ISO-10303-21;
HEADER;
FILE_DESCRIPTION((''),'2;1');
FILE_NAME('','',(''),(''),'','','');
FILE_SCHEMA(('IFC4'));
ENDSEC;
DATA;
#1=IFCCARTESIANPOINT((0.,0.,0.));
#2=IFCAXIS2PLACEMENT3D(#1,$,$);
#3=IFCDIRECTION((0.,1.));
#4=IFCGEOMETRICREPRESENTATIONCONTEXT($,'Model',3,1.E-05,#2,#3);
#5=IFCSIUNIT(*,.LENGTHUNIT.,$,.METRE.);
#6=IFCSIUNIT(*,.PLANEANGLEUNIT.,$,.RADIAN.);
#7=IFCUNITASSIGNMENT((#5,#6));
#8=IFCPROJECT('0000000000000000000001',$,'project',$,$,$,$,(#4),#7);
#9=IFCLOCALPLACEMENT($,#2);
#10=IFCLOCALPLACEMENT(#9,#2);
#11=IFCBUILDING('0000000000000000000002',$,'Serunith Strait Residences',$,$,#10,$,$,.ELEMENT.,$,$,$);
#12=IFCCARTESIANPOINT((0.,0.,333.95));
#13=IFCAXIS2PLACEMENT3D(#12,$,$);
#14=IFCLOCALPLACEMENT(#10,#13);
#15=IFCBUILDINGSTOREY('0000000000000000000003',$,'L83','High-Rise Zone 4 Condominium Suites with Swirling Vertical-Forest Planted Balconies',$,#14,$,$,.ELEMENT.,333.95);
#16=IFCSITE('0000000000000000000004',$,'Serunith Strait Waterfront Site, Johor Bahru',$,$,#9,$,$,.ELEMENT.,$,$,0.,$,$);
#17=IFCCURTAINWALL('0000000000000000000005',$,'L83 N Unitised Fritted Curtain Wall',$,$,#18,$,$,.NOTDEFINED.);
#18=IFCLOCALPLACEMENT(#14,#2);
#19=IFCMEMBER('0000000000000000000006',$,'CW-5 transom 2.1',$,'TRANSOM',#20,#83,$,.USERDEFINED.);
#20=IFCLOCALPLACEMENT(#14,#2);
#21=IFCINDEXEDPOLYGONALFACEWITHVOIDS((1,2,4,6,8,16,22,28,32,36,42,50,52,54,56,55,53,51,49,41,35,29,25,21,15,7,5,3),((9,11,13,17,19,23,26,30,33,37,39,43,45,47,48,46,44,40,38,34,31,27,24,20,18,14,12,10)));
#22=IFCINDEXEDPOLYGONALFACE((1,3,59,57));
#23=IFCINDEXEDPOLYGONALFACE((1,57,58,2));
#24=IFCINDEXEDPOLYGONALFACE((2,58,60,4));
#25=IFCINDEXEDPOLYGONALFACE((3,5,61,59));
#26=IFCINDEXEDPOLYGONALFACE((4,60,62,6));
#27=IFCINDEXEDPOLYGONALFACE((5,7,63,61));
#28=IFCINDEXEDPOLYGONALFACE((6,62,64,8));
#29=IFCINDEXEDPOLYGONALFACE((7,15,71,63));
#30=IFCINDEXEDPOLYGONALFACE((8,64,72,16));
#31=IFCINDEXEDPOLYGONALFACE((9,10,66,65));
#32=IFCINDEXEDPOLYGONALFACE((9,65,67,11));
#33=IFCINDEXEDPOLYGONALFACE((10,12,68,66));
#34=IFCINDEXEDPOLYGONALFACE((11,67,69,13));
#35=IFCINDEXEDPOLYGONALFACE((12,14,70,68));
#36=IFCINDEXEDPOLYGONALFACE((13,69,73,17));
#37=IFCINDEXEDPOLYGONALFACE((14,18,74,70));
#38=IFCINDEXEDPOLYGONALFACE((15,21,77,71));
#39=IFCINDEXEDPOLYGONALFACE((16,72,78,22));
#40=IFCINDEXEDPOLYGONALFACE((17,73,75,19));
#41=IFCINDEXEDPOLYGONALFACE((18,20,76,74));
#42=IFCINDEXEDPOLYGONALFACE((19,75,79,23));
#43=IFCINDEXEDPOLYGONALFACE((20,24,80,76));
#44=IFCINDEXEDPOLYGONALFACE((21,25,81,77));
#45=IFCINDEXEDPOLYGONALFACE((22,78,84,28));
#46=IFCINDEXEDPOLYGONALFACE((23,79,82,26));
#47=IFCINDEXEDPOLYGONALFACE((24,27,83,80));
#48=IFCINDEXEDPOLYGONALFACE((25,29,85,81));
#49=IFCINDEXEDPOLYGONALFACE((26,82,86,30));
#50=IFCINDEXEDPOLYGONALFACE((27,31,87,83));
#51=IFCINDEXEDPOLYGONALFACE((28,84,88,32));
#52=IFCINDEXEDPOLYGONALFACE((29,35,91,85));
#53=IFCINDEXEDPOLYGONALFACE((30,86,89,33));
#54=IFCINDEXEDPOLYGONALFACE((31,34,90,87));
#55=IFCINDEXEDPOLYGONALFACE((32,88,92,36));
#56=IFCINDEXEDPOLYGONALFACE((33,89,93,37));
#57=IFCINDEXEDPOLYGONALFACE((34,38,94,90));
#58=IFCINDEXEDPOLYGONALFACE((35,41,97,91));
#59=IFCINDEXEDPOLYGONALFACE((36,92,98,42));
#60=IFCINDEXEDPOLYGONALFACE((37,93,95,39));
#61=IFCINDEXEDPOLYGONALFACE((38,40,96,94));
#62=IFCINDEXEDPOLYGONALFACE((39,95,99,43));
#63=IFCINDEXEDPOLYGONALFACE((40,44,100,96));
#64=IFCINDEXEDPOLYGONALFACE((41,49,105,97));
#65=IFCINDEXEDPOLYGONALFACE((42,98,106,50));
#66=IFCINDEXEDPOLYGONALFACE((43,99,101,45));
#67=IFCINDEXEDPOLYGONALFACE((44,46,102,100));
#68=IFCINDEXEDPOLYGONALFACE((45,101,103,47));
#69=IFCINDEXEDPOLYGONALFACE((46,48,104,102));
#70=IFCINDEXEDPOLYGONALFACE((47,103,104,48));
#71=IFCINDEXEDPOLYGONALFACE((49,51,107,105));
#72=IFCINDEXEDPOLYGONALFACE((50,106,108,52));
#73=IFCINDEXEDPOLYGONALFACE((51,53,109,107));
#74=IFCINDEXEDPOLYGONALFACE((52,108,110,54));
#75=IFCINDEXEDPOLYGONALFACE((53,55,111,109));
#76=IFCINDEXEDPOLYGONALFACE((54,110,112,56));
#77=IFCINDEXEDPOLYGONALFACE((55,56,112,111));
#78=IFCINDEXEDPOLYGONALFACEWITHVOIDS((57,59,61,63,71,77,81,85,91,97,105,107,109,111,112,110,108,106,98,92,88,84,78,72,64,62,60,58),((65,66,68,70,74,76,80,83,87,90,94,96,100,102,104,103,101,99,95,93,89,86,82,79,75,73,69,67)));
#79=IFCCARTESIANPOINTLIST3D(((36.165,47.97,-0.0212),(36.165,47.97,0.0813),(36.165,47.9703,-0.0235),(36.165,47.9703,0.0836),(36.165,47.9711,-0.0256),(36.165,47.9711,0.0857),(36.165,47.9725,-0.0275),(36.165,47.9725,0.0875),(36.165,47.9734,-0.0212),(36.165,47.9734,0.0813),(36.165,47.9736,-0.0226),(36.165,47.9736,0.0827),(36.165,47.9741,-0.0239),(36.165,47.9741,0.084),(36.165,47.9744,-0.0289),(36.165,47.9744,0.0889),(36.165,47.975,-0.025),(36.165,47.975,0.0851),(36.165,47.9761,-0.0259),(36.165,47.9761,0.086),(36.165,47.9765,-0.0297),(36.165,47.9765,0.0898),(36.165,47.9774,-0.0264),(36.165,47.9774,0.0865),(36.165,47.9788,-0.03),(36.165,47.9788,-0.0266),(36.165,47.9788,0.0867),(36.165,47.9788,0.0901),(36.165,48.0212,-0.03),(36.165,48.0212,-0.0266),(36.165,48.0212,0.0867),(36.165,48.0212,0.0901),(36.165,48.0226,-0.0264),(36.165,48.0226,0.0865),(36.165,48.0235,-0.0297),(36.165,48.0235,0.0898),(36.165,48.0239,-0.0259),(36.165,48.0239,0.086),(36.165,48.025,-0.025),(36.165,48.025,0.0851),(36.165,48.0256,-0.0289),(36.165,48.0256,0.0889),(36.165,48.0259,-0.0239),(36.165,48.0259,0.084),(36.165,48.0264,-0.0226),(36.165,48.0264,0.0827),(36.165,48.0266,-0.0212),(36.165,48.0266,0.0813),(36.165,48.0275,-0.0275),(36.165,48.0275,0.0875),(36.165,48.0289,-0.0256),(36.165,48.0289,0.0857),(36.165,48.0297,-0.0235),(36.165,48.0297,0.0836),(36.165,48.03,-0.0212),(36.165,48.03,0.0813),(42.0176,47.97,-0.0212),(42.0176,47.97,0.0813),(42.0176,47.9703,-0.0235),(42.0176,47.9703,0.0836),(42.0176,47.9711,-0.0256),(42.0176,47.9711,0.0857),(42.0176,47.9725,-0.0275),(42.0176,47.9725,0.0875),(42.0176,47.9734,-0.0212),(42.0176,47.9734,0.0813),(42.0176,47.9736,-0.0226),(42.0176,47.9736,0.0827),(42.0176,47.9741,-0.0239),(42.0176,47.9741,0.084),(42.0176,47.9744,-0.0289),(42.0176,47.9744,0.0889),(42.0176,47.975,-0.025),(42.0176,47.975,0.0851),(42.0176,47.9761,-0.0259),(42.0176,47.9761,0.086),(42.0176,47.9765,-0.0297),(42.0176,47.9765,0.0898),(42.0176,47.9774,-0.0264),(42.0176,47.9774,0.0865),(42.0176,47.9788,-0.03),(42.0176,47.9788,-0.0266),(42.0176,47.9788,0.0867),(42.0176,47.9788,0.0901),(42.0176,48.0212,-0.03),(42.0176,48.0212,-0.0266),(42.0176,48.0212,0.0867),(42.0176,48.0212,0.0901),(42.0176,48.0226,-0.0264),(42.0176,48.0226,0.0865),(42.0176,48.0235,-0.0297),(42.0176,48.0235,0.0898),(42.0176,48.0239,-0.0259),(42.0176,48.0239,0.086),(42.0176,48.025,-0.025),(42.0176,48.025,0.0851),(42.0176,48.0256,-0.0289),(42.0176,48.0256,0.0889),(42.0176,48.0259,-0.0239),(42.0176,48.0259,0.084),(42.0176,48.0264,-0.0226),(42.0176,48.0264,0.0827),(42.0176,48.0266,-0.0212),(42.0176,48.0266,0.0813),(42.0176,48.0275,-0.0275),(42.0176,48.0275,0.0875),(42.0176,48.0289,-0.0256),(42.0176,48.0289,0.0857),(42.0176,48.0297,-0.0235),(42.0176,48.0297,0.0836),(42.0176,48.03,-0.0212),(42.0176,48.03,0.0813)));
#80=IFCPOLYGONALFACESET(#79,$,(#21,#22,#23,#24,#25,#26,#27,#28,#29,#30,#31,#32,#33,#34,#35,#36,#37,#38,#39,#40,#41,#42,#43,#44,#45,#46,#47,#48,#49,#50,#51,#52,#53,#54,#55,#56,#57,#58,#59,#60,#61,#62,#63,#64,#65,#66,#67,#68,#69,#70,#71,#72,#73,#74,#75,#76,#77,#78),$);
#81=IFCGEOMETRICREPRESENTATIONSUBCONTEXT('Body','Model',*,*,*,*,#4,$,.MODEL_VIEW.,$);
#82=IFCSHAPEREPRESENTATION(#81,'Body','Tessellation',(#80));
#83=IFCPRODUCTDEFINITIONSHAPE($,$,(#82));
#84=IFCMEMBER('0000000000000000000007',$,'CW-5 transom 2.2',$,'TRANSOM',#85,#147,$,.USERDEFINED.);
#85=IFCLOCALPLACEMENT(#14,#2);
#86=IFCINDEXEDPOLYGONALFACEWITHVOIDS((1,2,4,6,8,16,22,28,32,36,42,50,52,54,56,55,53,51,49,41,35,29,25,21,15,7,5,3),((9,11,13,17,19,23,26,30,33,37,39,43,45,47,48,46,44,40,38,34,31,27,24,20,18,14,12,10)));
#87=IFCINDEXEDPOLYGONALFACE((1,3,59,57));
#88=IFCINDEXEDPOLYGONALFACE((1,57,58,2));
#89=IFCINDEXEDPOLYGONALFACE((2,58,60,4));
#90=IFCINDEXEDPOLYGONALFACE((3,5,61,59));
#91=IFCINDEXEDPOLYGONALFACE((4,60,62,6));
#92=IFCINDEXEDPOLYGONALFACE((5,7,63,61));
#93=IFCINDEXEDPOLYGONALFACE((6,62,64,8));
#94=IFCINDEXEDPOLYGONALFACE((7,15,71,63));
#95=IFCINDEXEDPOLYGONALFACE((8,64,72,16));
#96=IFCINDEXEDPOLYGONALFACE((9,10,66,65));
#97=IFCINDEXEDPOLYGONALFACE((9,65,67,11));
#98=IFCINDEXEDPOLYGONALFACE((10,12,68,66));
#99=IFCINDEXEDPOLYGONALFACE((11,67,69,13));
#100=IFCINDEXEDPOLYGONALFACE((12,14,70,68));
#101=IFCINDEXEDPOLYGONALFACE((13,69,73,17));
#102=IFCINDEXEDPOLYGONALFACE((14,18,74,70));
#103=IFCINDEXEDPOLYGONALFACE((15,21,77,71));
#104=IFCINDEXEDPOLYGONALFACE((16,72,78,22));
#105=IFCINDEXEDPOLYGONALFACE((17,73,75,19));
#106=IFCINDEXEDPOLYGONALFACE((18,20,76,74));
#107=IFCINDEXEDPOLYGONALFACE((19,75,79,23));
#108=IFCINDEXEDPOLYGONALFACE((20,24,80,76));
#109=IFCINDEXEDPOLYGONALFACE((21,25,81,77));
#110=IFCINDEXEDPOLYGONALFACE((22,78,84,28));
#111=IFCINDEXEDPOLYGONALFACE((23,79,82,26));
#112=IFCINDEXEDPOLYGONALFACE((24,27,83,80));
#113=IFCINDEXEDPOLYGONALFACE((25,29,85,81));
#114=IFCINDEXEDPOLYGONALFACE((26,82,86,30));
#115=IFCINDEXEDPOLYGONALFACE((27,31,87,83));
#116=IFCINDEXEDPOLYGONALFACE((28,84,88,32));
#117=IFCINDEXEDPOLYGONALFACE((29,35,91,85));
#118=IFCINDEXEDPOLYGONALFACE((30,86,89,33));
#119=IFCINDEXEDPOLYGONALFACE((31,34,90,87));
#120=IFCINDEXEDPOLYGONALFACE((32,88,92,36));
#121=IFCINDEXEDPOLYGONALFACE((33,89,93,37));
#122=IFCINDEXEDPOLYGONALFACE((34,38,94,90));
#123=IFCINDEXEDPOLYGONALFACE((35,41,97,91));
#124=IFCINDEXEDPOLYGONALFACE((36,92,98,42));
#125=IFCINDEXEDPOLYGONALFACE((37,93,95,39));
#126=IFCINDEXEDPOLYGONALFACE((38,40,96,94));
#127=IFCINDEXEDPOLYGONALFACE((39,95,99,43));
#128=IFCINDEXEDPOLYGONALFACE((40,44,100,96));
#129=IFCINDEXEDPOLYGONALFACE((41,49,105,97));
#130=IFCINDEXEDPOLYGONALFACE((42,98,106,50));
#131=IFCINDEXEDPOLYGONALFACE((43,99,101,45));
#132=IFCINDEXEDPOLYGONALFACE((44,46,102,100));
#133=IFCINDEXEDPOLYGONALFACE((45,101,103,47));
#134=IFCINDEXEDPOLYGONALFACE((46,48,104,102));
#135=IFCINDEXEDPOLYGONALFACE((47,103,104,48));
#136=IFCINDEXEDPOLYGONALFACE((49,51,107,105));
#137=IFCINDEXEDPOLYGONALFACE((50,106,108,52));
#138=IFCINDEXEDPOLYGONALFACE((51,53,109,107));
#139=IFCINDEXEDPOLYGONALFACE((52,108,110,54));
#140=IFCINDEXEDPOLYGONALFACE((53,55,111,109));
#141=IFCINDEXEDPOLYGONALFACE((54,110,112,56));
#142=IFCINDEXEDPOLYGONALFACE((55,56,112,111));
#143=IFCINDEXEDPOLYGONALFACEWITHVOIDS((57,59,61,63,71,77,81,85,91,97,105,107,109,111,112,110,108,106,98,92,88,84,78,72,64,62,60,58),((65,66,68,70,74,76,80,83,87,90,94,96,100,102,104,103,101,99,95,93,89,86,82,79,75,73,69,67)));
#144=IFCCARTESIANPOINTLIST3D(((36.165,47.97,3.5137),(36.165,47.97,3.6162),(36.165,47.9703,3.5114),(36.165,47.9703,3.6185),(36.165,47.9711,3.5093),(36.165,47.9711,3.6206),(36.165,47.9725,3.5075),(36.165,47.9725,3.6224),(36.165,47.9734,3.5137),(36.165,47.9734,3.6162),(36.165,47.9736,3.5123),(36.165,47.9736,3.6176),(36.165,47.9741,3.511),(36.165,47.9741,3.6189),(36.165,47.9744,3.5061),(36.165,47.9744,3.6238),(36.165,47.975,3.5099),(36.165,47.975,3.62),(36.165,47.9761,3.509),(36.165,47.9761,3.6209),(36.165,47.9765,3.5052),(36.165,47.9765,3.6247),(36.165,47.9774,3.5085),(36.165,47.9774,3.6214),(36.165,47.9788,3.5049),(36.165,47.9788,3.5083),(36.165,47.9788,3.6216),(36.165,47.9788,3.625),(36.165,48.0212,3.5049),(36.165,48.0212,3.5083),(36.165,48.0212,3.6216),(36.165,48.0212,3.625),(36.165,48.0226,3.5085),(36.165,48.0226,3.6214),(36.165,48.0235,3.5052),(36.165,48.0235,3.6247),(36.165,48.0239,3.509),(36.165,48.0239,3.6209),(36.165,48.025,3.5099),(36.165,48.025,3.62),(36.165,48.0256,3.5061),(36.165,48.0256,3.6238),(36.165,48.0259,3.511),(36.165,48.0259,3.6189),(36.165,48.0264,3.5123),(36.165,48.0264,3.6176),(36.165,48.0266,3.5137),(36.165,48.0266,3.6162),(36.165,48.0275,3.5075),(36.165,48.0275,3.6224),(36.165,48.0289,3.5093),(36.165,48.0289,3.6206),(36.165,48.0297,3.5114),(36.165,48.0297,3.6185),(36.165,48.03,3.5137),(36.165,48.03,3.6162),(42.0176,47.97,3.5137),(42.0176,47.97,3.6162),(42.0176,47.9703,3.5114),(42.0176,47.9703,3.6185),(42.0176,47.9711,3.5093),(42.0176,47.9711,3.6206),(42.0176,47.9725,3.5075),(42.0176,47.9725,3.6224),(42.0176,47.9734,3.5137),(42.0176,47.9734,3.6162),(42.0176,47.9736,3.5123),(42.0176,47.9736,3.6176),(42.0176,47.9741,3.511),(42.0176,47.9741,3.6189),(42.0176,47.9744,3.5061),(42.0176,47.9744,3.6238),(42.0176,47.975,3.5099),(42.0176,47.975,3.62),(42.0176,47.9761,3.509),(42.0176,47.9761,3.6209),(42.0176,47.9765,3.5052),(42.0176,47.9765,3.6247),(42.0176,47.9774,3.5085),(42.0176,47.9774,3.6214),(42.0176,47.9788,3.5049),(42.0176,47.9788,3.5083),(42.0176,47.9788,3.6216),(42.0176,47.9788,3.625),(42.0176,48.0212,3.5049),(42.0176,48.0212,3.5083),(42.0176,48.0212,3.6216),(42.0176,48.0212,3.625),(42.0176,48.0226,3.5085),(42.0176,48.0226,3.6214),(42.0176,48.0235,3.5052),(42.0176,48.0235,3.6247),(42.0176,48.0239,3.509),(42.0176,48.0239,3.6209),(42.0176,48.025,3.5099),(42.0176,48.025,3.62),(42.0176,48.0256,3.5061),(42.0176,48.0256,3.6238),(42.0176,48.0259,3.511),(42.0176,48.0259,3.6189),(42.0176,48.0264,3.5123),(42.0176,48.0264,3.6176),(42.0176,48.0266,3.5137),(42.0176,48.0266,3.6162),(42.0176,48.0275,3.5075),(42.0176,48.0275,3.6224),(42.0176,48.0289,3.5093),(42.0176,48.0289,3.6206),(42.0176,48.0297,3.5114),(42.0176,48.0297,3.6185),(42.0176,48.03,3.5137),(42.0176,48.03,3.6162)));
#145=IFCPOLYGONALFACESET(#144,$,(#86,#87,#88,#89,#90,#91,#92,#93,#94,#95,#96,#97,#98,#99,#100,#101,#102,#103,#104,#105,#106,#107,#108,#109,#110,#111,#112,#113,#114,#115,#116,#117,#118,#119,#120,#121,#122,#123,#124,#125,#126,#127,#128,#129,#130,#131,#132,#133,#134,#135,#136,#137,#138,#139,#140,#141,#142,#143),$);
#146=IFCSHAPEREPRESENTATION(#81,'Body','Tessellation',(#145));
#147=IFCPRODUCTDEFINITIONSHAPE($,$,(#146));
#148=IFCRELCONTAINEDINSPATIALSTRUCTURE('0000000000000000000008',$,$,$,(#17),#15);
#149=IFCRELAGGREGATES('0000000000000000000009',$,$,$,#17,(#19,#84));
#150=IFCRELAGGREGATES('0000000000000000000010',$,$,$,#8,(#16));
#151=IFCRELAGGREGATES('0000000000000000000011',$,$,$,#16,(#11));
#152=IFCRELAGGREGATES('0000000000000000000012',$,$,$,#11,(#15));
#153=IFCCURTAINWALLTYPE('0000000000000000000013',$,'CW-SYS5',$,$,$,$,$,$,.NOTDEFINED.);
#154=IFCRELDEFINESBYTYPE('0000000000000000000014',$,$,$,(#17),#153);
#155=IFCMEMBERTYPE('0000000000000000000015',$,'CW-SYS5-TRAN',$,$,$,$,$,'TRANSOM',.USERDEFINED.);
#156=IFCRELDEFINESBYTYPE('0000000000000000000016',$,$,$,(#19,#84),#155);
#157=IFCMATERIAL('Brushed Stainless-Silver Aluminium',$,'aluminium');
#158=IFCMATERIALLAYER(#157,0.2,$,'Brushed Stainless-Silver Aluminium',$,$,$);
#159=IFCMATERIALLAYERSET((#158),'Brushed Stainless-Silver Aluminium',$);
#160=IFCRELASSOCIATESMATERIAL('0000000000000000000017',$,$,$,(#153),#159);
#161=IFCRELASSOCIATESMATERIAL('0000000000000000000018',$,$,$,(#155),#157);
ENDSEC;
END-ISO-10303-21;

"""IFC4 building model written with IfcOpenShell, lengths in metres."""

from ifc_helpers import new_model, si_unit, direction, frame, origin, origin_2d, place, context, subcontext, project, spatial, hollow_rectangle, extrude, source, transform, mapped, material, layer, layer_set, material_profile, profile_set, type_object, element, aggregate, save


model = new_model("IFC4")

# Units and contexts
model_context = context("Model", 3, precision=1e-05, world=origin(), true_north=direction((0.0, 1.0)))
body_context = subcontext(model_context, "Body", "Model", "MODEL_VIEW")
ifc_project = project(units=[si_unit("LENGTHUNIT", "METRE"), si_unit("PLANEANGLEUNIT", "RADIAN")], contexts=[model_context])

# Site, building, storey
site_placement = place(None, origin())
site = spatial("IfcSite", under=ifc_project, at=site_placement, Name="Serunith Strait Waterfront Site, Johor Bahru", CompositionType="ELEMENT", RefElevation=0.0)
building_placement = place(site_placement, origin())
building = spatial("IfcBuilding", under=site, at=building_placement, Name="Serunith Strait Residences", CompositionType="ELEMENT")
storey_placement = place(building_placement, frame((0.0, 0.0, 333.95)))
storey = spatial("IfcBuildingStorey", under=building, at=storey_placement, Name="L83", Description="High-Rise Zone 4 Condominium Suites with Swirling Vertical-Forest Planted Balconies", CompositionType="ELEMENT", Elevation=333.95)

# Curtain wall, members
ifc_material_1 = material(Name="Brushed Stainless-Silver Aluminium", Category="aluminium")
ifc_layer_1 = layer(ifc_material_1, 0.2, Name="Brushed Stainless-Silver Aluminium")
ifc_layer_set_1 = layer_set([ifc_layer_1], Name="Brushed Stainless-Silver Aluminium")
curtain_wall_type = type_object("IfcCurtainWallType", Name="CW-SYS5", PredefinedType="NOTDEFINED", material=ifc_layer_set_1)
curtain_wall_1_placement = place(storey_placement, origin())
curtain_wall_1 = element("IfcCurtainWall", 1, at=curtain_wall_1_placement, inside=storey, type_object=curtain_wall_type, Name="L83 N Unitised Fritted Curtain Wall", PredefinedType="NOTDEFINED")
ifc_material_profile_1 = material_profile(ifc_material_1, hollow_rectangle(XDim=0.0601, YDim=0.1201, WallThickness=0.0034, InnerFilletRadius=0.0054, OuterFilletRadius=0.0088, at=origin_2d()), Name="ALU 120x60x3.5")
ifc_profile_set_1 = profile_set([ifc_material_profile_1], Name="Brushed Stainless-Silver Aluminium")
member_type_1 = type_object("IfcMemberType", Name="CW-SYS5-TRAN", ElementType="TRANSOM", PredefinedType="USERDEFINED", material=ifc_profile_set_1)
shared_shape_1 = source(origin(), body_context, "Body", "SweptSolid", [
    extrude(hollow_rectangle(XDim=0.0601, YDim=0.1201, WallThickness=0.0034, InnerFilletRadius=0.0054, OuterFilletRadius=0.0088, at=origin_2d()), origin(), (0.0, 0.0, 1.0), 5.8525),
])
member_1_placement = place(storey_placement, frame((42.0176, 48.0, 0.03), z_axis=(-1.0, 0.0, 0.0), x_axis=(0.0, -1.0, 0.0)))
member_1 = element("IfcMember", 2, at=member_1_placement, type_object=member_type_1, Name="CW-5 transom 2.1", ObjectType="TRANSOM", PredefinedType="USERDEFINED", context=body_context, shape_type="MappedRepresentation", body=[
    mapped(shared_shape_1, transform((0.0, 0.0, 0.0), scale=1.0)),
])
member_2_placement = place(storey_placement, frame((42.0176, 48.0, 3.5649), z_axis=(-1.0, 0.0, 0.0), x_axis=(0.0, -1.0, 0.0)))
member_2 = element("IfcMember", 3, at=member_2_placement, type_object=member_type_1, Name="CW-5 transom 2.2", ObjectType="TRANSOM", PredefinedType="USERDEFINED", context=body_context, shape_type="MappedRepresentation", body=[
    mapped(shared_shape_1, transform((0.0, 0.0, 0.0), scale=1.0)),
])

aggregate(curtain_wall_1, [member_1, member_2])

save(model, "model.ifc")
